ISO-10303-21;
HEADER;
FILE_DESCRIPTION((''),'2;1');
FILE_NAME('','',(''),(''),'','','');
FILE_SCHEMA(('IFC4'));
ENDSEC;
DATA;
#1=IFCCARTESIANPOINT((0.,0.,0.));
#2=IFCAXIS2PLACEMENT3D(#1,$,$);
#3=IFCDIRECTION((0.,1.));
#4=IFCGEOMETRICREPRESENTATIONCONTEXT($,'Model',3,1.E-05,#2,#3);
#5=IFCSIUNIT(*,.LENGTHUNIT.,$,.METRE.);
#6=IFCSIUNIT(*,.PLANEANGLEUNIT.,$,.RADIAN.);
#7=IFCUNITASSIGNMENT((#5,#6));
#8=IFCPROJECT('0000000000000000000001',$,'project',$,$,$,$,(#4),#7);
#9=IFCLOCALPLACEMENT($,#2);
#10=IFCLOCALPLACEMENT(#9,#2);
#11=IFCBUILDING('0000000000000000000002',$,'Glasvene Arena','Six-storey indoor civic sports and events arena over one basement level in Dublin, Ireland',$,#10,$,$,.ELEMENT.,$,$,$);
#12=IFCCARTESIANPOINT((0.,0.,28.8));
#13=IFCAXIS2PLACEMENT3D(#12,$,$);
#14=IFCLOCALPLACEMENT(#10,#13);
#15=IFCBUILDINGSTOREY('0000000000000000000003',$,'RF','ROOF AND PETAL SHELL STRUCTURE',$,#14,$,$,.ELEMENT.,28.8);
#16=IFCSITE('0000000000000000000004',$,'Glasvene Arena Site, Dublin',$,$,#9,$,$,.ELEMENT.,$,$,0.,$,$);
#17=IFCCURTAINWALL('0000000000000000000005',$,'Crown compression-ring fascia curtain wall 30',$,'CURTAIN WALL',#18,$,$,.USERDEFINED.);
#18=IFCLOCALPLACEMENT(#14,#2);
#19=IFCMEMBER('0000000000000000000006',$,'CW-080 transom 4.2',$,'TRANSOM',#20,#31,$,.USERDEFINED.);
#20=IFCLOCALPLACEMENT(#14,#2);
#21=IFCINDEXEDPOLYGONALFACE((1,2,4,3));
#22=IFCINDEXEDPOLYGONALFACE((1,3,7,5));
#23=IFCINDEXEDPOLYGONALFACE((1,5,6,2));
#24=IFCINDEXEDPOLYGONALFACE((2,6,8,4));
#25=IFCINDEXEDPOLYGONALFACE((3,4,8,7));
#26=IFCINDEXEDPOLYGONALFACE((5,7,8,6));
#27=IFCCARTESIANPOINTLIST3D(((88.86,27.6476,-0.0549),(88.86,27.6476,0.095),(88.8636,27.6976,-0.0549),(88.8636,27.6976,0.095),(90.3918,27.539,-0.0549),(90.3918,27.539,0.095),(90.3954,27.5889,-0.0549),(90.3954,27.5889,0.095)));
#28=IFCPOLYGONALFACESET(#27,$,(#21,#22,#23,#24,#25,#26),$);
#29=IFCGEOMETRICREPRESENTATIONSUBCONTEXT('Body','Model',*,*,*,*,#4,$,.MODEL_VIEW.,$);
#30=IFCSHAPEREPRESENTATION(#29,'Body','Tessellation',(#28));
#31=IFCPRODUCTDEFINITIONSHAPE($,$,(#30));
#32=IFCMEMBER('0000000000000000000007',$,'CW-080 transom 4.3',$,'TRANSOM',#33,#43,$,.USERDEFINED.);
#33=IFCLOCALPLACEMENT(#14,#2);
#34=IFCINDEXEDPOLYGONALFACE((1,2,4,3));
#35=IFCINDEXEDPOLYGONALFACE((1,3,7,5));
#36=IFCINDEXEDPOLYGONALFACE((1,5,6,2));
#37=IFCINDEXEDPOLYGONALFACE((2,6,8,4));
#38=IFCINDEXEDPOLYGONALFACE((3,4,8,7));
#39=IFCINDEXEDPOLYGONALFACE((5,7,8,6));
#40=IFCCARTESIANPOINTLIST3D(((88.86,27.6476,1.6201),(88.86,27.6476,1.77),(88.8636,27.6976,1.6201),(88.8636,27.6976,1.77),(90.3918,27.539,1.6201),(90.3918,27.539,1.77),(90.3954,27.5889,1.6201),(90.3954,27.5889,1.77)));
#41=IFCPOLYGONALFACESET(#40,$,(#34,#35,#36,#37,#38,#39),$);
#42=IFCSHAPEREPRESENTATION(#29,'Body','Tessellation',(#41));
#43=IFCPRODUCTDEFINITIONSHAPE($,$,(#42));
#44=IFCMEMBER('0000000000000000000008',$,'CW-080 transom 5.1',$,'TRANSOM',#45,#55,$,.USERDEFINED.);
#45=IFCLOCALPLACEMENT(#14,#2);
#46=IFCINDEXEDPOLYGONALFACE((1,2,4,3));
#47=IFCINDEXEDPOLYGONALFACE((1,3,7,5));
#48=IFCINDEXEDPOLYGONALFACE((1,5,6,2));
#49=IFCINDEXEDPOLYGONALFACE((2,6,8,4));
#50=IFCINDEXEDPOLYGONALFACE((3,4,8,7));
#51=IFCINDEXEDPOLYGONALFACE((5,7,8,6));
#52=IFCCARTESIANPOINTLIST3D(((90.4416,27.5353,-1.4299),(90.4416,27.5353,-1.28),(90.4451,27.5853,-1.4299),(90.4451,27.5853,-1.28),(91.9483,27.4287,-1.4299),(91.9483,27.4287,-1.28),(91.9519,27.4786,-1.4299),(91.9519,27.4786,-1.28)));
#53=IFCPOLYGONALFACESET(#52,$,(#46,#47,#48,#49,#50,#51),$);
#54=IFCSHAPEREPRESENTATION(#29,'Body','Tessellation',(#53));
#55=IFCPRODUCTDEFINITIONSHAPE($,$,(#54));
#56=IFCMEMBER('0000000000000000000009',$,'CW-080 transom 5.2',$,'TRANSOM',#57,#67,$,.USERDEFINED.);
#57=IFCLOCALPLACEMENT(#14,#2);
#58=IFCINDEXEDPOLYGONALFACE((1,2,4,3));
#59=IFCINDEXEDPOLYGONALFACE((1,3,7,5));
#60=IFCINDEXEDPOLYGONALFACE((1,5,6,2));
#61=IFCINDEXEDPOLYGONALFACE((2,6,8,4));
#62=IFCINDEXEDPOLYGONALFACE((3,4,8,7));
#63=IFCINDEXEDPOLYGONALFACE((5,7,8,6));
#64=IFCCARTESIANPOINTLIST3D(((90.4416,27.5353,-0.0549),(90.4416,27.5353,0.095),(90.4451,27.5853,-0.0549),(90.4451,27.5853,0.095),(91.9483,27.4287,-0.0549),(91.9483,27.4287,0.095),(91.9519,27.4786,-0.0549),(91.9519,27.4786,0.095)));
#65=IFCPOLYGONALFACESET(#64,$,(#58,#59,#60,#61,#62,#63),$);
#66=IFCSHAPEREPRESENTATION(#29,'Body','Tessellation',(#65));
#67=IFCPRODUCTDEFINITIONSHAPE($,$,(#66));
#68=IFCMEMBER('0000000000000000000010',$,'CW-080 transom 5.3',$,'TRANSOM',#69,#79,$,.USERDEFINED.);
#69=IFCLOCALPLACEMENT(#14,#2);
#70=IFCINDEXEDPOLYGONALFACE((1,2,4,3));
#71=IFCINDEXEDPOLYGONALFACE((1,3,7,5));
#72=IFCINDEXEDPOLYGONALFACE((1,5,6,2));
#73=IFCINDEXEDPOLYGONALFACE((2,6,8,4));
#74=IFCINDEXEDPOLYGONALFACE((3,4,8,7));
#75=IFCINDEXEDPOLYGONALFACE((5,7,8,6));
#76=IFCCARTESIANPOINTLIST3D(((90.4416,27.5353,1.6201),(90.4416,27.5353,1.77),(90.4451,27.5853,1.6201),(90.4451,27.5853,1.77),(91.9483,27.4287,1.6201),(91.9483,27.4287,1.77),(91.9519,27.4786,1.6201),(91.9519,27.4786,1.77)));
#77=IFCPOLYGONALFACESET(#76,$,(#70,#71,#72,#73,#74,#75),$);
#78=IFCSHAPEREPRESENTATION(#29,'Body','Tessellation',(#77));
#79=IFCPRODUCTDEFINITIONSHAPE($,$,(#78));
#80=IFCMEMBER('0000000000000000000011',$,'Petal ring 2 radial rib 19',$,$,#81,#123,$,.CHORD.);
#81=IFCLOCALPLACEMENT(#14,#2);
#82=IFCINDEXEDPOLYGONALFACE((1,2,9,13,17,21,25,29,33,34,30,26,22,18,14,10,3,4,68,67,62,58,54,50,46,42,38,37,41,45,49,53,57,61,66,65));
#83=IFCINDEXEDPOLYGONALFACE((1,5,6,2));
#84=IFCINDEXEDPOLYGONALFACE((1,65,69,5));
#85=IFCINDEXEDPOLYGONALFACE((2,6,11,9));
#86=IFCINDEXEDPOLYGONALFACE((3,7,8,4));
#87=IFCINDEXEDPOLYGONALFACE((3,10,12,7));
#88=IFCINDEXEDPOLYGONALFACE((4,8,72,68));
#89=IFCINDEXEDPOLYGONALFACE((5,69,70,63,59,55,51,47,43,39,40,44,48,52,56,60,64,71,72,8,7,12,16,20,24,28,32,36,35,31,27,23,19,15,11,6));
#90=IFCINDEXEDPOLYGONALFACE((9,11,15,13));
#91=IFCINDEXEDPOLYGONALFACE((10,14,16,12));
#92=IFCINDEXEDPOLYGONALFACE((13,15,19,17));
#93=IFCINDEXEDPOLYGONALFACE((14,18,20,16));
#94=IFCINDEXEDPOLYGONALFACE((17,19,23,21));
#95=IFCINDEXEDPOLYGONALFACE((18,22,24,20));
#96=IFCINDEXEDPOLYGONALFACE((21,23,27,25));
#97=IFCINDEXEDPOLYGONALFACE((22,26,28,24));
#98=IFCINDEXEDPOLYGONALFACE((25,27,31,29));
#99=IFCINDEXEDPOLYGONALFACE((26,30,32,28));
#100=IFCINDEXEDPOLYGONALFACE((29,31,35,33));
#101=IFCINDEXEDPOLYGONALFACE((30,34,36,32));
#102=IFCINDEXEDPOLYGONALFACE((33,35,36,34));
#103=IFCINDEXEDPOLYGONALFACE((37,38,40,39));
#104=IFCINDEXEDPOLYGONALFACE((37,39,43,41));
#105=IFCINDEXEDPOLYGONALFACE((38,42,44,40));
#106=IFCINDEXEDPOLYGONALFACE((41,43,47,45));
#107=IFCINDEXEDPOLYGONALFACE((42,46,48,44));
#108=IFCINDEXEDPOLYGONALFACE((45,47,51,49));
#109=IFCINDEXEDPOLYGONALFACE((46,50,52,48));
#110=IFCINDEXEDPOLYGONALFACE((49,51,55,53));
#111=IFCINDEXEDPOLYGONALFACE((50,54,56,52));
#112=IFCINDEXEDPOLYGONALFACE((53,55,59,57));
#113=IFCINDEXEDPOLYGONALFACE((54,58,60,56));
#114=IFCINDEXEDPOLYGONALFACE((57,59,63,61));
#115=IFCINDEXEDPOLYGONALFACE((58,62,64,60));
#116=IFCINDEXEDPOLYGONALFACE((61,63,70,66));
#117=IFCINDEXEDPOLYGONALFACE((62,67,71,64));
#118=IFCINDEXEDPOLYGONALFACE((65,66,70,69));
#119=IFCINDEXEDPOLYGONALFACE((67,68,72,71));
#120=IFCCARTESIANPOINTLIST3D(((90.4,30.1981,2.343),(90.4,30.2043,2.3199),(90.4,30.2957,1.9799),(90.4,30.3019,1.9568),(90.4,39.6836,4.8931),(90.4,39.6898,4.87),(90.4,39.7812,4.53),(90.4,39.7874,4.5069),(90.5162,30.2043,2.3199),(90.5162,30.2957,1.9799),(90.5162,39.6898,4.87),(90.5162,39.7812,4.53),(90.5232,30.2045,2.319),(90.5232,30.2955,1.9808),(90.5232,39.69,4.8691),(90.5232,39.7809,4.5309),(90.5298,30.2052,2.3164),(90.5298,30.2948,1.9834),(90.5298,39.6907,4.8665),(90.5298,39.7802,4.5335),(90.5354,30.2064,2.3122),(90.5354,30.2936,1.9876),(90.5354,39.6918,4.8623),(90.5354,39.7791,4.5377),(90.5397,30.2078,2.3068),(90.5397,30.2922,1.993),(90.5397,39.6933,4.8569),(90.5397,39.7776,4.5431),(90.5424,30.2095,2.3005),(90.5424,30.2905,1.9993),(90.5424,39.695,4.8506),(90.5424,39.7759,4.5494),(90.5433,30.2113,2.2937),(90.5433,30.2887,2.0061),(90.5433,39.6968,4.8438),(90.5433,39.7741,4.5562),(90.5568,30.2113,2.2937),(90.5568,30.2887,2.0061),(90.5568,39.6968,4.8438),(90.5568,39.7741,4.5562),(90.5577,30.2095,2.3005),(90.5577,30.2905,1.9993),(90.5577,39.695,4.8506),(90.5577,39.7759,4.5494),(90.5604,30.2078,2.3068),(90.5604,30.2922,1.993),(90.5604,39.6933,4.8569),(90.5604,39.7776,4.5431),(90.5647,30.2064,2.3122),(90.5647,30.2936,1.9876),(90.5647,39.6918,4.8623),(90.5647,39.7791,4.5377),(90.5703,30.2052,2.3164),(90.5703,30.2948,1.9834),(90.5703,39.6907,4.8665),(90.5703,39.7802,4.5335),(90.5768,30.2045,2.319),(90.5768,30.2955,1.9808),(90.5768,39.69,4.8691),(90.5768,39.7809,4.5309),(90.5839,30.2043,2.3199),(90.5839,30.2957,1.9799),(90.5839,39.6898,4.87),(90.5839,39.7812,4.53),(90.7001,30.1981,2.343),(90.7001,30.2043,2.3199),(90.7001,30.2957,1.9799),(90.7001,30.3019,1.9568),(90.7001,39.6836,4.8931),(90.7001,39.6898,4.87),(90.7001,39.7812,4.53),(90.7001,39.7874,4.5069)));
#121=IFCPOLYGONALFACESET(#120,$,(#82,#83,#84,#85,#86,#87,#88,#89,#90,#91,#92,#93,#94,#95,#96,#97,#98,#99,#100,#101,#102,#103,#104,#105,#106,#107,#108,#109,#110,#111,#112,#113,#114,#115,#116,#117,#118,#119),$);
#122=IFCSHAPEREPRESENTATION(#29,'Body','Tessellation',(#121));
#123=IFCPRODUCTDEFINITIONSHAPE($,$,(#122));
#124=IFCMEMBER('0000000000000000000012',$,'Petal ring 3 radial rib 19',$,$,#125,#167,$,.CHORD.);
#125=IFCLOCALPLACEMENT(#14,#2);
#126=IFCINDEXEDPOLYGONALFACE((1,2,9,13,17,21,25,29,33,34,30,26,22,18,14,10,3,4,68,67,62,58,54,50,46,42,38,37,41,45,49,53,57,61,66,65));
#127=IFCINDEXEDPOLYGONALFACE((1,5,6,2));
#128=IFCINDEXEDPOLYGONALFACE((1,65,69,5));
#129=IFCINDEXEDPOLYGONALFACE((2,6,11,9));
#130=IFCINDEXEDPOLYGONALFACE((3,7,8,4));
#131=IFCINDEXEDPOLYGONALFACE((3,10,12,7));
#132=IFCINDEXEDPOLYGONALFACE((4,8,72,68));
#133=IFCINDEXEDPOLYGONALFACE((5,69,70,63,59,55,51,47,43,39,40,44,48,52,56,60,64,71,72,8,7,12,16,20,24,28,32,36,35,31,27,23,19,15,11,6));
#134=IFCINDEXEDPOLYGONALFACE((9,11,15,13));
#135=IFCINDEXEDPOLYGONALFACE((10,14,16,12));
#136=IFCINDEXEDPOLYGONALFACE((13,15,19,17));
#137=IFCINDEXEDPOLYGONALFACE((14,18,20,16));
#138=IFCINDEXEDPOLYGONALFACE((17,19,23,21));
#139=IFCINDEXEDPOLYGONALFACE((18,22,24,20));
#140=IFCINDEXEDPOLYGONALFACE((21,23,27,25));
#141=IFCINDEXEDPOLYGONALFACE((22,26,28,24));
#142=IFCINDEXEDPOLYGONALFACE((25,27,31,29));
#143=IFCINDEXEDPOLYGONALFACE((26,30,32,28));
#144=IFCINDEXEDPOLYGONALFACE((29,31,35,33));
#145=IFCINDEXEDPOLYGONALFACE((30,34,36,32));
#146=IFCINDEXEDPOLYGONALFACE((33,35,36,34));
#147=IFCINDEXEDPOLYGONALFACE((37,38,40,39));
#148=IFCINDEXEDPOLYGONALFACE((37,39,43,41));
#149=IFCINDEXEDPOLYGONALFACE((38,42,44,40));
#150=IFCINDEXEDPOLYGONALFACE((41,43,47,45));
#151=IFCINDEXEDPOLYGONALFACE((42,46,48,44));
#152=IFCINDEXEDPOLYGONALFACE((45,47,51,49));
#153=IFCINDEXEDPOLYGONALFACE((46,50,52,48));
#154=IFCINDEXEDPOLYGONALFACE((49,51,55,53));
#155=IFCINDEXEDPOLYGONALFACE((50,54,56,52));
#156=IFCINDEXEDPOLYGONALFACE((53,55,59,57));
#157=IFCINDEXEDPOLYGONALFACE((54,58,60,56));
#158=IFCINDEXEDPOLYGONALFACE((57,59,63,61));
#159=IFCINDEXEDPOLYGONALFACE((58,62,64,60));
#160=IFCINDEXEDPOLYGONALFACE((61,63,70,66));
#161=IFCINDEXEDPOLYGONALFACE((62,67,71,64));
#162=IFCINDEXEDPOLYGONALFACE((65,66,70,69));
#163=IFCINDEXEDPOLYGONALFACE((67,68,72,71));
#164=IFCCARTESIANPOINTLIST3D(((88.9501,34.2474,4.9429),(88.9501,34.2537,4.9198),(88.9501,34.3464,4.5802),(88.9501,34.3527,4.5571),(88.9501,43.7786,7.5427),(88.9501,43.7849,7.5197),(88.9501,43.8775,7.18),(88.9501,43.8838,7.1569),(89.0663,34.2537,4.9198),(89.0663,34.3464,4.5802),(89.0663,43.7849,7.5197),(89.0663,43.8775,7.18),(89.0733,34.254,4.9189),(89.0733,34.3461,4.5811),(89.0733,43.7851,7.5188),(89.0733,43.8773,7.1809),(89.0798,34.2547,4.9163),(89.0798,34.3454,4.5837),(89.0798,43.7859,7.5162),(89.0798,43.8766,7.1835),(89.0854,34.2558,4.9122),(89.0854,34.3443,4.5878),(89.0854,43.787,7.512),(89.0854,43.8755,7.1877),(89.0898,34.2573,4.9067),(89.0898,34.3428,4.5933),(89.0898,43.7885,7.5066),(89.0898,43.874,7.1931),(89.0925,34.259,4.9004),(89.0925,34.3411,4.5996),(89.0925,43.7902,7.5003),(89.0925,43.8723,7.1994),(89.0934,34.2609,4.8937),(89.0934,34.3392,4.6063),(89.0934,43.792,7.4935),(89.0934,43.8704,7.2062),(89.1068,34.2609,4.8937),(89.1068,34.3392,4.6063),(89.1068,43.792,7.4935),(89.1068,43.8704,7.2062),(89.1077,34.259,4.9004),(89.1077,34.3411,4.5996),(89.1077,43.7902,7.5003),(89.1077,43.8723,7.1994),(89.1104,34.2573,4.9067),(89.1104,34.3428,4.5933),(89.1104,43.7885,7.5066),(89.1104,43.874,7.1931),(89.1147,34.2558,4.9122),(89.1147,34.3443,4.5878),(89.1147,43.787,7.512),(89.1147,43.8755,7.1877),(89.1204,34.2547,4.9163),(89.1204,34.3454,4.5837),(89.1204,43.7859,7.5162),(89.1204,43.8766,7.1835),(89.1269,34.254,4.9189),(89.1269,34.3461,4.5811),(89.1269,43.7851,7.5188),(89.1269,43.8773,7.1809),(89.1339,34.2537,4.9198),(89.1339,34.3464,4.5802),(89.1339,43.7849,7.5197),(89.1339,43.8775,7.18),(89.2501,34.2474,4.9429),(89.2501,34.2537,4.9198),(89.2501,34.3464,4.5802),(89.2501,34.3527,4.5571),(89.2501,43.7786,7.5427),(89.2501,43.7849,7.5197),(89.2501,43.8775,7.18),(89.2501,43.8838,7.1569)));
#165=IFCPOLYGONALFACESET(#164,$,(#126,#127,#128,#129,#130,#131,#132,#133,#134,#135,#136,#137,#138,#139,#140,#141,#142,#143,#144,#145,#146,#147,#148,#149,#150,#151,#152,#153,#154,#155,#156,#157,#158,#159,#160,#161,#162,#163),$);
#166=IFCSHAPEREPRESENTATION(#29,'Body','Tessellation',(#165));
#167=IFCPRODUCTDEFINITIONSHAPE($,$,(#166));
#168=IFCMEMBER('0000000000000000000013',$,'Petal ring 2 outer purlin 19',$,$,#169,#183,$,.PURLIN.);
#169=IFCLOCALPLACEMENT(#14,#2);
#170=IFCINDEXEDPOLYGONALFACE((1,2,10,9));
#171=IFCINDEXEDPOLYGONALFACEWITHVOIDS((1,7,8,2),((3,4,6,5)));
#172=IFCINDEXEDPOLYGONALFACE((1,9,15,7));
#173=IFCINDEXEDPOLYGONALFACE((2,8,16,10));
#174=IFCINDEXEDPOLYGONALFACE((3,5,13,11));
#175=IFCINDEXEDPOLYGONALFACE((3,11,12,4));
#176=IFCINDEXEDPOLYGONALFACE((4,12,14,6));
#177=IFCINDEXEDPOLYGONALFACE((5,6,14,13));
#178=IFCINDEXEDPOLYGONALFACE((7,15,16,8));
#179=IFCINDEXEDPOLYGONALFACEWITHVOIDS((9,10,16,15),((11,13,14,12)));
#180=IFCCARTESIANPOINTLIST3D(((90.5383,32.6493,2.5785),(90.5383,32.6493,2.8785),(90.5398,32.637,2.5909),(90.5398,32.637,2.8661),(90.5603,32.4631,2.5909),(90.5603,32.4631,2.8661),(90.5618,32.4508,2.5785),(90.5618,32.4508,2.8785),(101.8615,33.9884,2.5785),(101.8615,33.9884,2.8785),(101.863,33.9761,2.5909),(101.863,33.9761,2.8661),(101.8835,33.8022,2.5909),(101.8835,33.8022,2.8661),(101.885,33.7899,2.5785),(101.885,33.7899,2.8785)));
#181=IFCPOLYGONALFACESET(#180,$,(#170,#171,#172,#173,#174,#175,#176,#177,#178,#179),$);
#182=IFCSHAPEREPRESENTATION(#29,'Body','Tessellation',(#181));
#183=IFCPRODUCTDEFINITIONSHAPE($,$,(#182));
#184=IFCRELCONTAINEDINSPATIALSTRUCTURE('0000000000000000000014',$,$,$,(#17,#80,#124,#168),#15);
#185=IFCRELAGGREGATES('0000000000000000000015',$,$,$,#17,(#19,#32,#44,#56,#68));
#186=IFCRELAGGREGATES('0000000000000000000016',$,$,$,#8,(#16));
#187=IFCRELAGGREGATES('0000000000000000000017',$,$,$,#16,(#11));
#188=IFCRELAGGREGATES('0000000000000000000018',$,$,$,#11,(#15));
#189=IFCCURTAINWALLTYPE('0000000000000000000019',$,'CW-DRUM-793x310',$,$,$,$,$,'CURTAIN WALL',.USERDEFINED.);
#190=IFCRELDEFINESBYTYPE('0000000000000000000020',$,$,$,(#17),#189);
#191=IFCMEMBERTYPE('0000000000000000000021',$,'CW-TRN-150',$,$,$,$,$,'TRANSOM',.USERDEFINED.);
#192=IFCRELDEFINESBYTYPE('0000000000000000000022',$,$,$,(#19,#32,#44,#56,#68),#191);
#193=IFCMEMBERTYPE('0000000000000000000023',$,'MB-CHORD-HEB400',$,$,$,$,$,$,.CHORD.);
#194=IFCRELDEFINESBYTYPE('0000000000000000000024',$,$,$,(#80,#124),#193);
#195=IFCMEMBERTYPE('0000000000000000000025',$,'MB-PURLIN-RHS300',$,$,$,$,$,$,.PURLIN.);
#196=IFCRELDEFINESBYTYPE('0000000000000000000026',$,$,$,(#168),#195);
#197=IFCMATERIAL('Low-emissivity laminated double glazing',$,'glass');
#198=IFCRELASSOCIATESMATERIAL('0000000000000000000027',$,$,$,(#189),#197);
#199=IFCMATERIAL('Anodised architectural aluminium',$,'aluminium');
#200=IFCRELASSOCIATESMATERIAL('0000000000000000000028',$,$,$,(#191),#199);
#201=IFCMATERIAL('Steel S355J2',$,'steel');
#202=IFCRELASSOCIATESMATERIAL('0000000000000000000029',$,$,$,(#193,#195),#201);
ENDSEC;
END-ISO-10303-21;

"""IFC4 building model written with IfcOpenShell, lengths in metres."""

from ifc_helpers import new_model, si_unit, direction, frame, origin, origin_2d, place, context, subcontext, project, spatial, rectangle, hollow_rectangle, i_section, extrude, material, material_profile, profile_set, type_object, element, aggregate, save


model = new_model("IFC4")

# Units and contexts
model_context = context("Model", 3, precision=1e-05, world=origin(), true_north=direction((0.0, 1.0)))
body_context = subcontext(model_context, "Body", "Model", "MODEL_VIEW")
ifc_project = project(units=[si_unit("LENGTHUNIT", "METRE"), si_unit("PLANEANGLEUNIT", "RADIAN")], contexts=[model_context])

# Site, building, storey
site_placement = place(None, origin())
site = spatial("IfcSite", under=ifc_project, at=site_placement, Name="Glasvene Arena Site, Dublin", CompositionType="ELEMENT", RefElevation=0.0)
building_placement = place(site_placement, origin())
building = spatial("IfcBuilding", under=site, at=building_placement, Name="Glasvene Arena", Description="Six-storey indoor civic sports and events arena over one basement level in Dublin, Ireland", CompositionType="ELEMENT")
storey_placement = place(building_placement, frame((0.0, 0.0, 28.8)))
storey = spatial("IfcBuildingStorey", under=building, at=storey_placement, Name="RF", Description="ROOF AND PETAL SHELL STRUCTURE", CompositionType="ELEMENT", Elevation=28.8)

# Shared definitions
ifc_material_1 = material(Name="Low-emissivity laminated double glazing", Category="glass")
ifc_material_2 = material(Name="Anodised architectural aluminium", Category="aluminium")

# Curtain wall
curtain_wall_type_1 = type_object("IfcCurtainWallType", Name="CW-DRUM-793x310", ElementType="CURTAIN WALL", PredefinedType="USERDEFINED", material=ifc_material_1)
curtain_wall_1_placement = place(storey_placement, frame((84.0923, 28.0107, 0.0)))
curtain_wall_1 = element("IfcCurtainWall", 1, at=curtain_wall_1_placement, inside=storey, type_object=curtain_wall_type_1, Name="Crown compression-ring fascia curtain wall 30", ObjectType="CURTAIN WALL", PredefinedType="USERDEFINED")

# Members
ifc_material_profile_1 = material_profile(ifc_material_2, rectangle(XDim=0.05, YDim=0.1499, at=origin_2d()), Name="ALU TRANSOM 50x150")
ifc_profile_set_1 = profile_set([ifc_material_profile_1], Name="Anodised architectural aluminium")
member_type_1 = type_object("IfcMemberType", Name="CW-TRN-150", ElementType="TRANSOM", PredefinedType="USERDEFINED", material=ifc_profile_set_1)
member_1_placement = place(storey_placement, frame((88.8618, 27.6726, 0.02), z_axis=(0.997494, -0.07075, 0.0), x_axis=(0.07075, 0.997494, 0.0)))
member_1 = element("IfcMember", 2, at=member_1_placement, type_object=member_type_1, Name="CW-080 transom 4.2", ObjectType="TRANSOM", PredefinedType="USERDEFINED", context=body_context, shape_type="SweptSolid", body=[
    extrude(rectangle(XDim=0.05, YDim=0.1499, at=origin_2d()), origin(), (0.0, 0.0, 1.0), 1.5356),
])
member_2_placement = place(storey_placement, frame((88.8618, 27.6726, 1.6951), z_axis=(0.997494, -0.07075, 0.0), x_axis=(0.07075, 0.997494, 0.0)))
member_2 = element("IfcMember", 3, at=member_2_placement, type_object=member_type_1, Name="CW-080 transom 4.3", ObjectType="TRANSOM", PredefinedType="USERDEFINED", context=body_context, shape_type="SweptSolid", body=[
    extrude(rectangle(XDim=0.05, YDim=0.1499, at=origin_2d()), origin(), (0.0, 0.0, 1.0), 1.5356),
])
member_3_placement = place(storey_placement, frame((90.4434, 27.5603, -1.355), z_axis=(0.997503, -0.070627, 0.0), x_axis=(0.070627, 0.997503, 0.0)))
member_3 = element("IfcMember", 4, at=member_3_placement, type_object=member_type_1, Name="CW-080 transom 5.1", ObjectType="TRANSOM", PredefinedType="USERDEFINED", context=body_context, shape_type="SweptSolid", body=[
    extrude(rectangle(XDim=0.05, YDim=0.1499, at=origin_2d()), origin(), (0.0, 0.0, 1.0), 1.5105),
])
member_4_placement = place(storey_placement, frame((90.4434, 27.5603, 0.02), z_axis=(0.997503, -0.070627, 0.0), x_axis=(0.070627, 0.997503, 0.0)))
member_4 = element("IfcMember", 5, at=member_4_placement, type_object=member_type_1, Name="CW-080 transom 5.2", ObjectType="TRANSOM", PredefinedType="USERDEFINED", context=body_context, shape_type="SweptSolid", body=[
    extrude(rectangle(XDim=0.05, YDim=0.1499, at=origin_2d()), origin(), (0.0, 0.0, 1.0), 1.5105),
])
member_5_placement = place(storey_placement, frame((90.4434, 27.5603, 1.6951), z_axis=(0.997503, -0.070627, 0.0), x_axis=(0.070627, 0.997503, 0.0)))
member_5 = element("IfcMember", 6, at=member_5_placement, type_object=member_type_1, Name="CW-080 transom 5.3", ObjectType="TRANSOM", PredefinedType="USERDEFINED", context=body_context, shape_type="SweptSolid", body=[
    extrude(rectangle(XDim=0.05, YDim=0.1499, at=origin_2d()), origin(), (0.0, 0.0, 1.0), 1.5105),
])

# Members
ifc_material_3 = material(Name="Steel S355J2", Category="steel")
ifc_material_profile_2 = material_profile(ifc_material_3, i_section(OverallWidth=0.3, OverallDepth=0.3999, WebThickness=0.0134, FlangeThickness=0.0239, FilletRadius=0.0271, at=origin_2d()), Name="HEB 400")
ifc_profile_set_2 = profile_set([ifc_material_profile_2], Name="Steel S355J2")
member_type_2 = type_object("IfcMemberType", Name="MB-CHORD-HEB400", PredefinedType="CHORD", material=ifc_profile_set_2)
member_6_placement = place(storey_placement, frame((90.55, 30.25, 2.1499), z_axis=(0.0, 0.96571, 0.259622), x_axis=(-1.0, 0.0, 0.0)))
element("IfcMember", 7, at=member_6_placement, inside=storey, type_object=member_type_2, Name="Petal ring 2 radial rib 19", PredefinedType="CHORD", context=body_context, shape_type="SweptSolid", body=[
    extrude(i_section(OverallWidth=0.3, OverallDepth=0.3999, WebThickness=0.0134, FlangeThickness=0.0239, FilletRadius=0.0271, at=origin_2d()), origin(), (0.0, 0.0, 1.0), 9.8223),
])
member_7_placement = place(storey_placement, frame((89.1001, 34.3, 4.75), z_axis=(0.0, 0.964753, 0.263157), x_axis=(-1.0, 0.0, 0.0)))
element("IfcMember", 8, at=member_7_placement, inside=storey, type_object=member_type_2, Name="Petal ring 3 radial rib 19", PredefinedType="CHORD", context=body_context, shape_type="SweptSolid", body=[
    extrude(i_section(OverallWidth=0.3, OverallDepth=0.3999, WebThickness=0.0134, FlangeThickness=0.0239, FilletRadius=0.0271, at=origin_2d()), origin(), (0.0, 0.0, 1.0), 9.8794),
])
ifc_material_profile_3 = material_profile(ifc_material_3, hollow_rectangle(XDim=0.2, YDim=0.3, WallThickness=0.0125, at=origin_2d()), Name="RHS 300x200x12.5")
ifc_profile_set_3 = profile_set([ifc_material_profile_3], Name="Steel S355J2")
member_type_3 = type_object("IfcMemberType", Name="MB-PURLIN-RHS300", PredefinedType="PURLIN", material=ifc_profile_set_3)
member_8_placement = place(storey_placement, frame((90.55, 32.55, 2.7285), z_axis=(0.99308, 0.117444, 0.0), x_axis=(-0.117444, 0.99308, 0.0)))
element("IfcMember", 9, at=member_8_placement, inside=storey, type_object=member_type_3, Name="Petal ring 2 outer purlin 19", PredefinedType="PURLIN", context=body_context, shape_type="SweptSolid", body=[
    extrude(hollow_rectangle(XDim=0.2, YDim=0.3, WallThickness=0.0125, at=origin_2d()), origin(), (0.0, 0.0, 1.0), 11.4021),
])

aggregate(curtain_wall_1, [member_1, member_2, member_3, member_4, member_5])

save(model, "model.ifc")
